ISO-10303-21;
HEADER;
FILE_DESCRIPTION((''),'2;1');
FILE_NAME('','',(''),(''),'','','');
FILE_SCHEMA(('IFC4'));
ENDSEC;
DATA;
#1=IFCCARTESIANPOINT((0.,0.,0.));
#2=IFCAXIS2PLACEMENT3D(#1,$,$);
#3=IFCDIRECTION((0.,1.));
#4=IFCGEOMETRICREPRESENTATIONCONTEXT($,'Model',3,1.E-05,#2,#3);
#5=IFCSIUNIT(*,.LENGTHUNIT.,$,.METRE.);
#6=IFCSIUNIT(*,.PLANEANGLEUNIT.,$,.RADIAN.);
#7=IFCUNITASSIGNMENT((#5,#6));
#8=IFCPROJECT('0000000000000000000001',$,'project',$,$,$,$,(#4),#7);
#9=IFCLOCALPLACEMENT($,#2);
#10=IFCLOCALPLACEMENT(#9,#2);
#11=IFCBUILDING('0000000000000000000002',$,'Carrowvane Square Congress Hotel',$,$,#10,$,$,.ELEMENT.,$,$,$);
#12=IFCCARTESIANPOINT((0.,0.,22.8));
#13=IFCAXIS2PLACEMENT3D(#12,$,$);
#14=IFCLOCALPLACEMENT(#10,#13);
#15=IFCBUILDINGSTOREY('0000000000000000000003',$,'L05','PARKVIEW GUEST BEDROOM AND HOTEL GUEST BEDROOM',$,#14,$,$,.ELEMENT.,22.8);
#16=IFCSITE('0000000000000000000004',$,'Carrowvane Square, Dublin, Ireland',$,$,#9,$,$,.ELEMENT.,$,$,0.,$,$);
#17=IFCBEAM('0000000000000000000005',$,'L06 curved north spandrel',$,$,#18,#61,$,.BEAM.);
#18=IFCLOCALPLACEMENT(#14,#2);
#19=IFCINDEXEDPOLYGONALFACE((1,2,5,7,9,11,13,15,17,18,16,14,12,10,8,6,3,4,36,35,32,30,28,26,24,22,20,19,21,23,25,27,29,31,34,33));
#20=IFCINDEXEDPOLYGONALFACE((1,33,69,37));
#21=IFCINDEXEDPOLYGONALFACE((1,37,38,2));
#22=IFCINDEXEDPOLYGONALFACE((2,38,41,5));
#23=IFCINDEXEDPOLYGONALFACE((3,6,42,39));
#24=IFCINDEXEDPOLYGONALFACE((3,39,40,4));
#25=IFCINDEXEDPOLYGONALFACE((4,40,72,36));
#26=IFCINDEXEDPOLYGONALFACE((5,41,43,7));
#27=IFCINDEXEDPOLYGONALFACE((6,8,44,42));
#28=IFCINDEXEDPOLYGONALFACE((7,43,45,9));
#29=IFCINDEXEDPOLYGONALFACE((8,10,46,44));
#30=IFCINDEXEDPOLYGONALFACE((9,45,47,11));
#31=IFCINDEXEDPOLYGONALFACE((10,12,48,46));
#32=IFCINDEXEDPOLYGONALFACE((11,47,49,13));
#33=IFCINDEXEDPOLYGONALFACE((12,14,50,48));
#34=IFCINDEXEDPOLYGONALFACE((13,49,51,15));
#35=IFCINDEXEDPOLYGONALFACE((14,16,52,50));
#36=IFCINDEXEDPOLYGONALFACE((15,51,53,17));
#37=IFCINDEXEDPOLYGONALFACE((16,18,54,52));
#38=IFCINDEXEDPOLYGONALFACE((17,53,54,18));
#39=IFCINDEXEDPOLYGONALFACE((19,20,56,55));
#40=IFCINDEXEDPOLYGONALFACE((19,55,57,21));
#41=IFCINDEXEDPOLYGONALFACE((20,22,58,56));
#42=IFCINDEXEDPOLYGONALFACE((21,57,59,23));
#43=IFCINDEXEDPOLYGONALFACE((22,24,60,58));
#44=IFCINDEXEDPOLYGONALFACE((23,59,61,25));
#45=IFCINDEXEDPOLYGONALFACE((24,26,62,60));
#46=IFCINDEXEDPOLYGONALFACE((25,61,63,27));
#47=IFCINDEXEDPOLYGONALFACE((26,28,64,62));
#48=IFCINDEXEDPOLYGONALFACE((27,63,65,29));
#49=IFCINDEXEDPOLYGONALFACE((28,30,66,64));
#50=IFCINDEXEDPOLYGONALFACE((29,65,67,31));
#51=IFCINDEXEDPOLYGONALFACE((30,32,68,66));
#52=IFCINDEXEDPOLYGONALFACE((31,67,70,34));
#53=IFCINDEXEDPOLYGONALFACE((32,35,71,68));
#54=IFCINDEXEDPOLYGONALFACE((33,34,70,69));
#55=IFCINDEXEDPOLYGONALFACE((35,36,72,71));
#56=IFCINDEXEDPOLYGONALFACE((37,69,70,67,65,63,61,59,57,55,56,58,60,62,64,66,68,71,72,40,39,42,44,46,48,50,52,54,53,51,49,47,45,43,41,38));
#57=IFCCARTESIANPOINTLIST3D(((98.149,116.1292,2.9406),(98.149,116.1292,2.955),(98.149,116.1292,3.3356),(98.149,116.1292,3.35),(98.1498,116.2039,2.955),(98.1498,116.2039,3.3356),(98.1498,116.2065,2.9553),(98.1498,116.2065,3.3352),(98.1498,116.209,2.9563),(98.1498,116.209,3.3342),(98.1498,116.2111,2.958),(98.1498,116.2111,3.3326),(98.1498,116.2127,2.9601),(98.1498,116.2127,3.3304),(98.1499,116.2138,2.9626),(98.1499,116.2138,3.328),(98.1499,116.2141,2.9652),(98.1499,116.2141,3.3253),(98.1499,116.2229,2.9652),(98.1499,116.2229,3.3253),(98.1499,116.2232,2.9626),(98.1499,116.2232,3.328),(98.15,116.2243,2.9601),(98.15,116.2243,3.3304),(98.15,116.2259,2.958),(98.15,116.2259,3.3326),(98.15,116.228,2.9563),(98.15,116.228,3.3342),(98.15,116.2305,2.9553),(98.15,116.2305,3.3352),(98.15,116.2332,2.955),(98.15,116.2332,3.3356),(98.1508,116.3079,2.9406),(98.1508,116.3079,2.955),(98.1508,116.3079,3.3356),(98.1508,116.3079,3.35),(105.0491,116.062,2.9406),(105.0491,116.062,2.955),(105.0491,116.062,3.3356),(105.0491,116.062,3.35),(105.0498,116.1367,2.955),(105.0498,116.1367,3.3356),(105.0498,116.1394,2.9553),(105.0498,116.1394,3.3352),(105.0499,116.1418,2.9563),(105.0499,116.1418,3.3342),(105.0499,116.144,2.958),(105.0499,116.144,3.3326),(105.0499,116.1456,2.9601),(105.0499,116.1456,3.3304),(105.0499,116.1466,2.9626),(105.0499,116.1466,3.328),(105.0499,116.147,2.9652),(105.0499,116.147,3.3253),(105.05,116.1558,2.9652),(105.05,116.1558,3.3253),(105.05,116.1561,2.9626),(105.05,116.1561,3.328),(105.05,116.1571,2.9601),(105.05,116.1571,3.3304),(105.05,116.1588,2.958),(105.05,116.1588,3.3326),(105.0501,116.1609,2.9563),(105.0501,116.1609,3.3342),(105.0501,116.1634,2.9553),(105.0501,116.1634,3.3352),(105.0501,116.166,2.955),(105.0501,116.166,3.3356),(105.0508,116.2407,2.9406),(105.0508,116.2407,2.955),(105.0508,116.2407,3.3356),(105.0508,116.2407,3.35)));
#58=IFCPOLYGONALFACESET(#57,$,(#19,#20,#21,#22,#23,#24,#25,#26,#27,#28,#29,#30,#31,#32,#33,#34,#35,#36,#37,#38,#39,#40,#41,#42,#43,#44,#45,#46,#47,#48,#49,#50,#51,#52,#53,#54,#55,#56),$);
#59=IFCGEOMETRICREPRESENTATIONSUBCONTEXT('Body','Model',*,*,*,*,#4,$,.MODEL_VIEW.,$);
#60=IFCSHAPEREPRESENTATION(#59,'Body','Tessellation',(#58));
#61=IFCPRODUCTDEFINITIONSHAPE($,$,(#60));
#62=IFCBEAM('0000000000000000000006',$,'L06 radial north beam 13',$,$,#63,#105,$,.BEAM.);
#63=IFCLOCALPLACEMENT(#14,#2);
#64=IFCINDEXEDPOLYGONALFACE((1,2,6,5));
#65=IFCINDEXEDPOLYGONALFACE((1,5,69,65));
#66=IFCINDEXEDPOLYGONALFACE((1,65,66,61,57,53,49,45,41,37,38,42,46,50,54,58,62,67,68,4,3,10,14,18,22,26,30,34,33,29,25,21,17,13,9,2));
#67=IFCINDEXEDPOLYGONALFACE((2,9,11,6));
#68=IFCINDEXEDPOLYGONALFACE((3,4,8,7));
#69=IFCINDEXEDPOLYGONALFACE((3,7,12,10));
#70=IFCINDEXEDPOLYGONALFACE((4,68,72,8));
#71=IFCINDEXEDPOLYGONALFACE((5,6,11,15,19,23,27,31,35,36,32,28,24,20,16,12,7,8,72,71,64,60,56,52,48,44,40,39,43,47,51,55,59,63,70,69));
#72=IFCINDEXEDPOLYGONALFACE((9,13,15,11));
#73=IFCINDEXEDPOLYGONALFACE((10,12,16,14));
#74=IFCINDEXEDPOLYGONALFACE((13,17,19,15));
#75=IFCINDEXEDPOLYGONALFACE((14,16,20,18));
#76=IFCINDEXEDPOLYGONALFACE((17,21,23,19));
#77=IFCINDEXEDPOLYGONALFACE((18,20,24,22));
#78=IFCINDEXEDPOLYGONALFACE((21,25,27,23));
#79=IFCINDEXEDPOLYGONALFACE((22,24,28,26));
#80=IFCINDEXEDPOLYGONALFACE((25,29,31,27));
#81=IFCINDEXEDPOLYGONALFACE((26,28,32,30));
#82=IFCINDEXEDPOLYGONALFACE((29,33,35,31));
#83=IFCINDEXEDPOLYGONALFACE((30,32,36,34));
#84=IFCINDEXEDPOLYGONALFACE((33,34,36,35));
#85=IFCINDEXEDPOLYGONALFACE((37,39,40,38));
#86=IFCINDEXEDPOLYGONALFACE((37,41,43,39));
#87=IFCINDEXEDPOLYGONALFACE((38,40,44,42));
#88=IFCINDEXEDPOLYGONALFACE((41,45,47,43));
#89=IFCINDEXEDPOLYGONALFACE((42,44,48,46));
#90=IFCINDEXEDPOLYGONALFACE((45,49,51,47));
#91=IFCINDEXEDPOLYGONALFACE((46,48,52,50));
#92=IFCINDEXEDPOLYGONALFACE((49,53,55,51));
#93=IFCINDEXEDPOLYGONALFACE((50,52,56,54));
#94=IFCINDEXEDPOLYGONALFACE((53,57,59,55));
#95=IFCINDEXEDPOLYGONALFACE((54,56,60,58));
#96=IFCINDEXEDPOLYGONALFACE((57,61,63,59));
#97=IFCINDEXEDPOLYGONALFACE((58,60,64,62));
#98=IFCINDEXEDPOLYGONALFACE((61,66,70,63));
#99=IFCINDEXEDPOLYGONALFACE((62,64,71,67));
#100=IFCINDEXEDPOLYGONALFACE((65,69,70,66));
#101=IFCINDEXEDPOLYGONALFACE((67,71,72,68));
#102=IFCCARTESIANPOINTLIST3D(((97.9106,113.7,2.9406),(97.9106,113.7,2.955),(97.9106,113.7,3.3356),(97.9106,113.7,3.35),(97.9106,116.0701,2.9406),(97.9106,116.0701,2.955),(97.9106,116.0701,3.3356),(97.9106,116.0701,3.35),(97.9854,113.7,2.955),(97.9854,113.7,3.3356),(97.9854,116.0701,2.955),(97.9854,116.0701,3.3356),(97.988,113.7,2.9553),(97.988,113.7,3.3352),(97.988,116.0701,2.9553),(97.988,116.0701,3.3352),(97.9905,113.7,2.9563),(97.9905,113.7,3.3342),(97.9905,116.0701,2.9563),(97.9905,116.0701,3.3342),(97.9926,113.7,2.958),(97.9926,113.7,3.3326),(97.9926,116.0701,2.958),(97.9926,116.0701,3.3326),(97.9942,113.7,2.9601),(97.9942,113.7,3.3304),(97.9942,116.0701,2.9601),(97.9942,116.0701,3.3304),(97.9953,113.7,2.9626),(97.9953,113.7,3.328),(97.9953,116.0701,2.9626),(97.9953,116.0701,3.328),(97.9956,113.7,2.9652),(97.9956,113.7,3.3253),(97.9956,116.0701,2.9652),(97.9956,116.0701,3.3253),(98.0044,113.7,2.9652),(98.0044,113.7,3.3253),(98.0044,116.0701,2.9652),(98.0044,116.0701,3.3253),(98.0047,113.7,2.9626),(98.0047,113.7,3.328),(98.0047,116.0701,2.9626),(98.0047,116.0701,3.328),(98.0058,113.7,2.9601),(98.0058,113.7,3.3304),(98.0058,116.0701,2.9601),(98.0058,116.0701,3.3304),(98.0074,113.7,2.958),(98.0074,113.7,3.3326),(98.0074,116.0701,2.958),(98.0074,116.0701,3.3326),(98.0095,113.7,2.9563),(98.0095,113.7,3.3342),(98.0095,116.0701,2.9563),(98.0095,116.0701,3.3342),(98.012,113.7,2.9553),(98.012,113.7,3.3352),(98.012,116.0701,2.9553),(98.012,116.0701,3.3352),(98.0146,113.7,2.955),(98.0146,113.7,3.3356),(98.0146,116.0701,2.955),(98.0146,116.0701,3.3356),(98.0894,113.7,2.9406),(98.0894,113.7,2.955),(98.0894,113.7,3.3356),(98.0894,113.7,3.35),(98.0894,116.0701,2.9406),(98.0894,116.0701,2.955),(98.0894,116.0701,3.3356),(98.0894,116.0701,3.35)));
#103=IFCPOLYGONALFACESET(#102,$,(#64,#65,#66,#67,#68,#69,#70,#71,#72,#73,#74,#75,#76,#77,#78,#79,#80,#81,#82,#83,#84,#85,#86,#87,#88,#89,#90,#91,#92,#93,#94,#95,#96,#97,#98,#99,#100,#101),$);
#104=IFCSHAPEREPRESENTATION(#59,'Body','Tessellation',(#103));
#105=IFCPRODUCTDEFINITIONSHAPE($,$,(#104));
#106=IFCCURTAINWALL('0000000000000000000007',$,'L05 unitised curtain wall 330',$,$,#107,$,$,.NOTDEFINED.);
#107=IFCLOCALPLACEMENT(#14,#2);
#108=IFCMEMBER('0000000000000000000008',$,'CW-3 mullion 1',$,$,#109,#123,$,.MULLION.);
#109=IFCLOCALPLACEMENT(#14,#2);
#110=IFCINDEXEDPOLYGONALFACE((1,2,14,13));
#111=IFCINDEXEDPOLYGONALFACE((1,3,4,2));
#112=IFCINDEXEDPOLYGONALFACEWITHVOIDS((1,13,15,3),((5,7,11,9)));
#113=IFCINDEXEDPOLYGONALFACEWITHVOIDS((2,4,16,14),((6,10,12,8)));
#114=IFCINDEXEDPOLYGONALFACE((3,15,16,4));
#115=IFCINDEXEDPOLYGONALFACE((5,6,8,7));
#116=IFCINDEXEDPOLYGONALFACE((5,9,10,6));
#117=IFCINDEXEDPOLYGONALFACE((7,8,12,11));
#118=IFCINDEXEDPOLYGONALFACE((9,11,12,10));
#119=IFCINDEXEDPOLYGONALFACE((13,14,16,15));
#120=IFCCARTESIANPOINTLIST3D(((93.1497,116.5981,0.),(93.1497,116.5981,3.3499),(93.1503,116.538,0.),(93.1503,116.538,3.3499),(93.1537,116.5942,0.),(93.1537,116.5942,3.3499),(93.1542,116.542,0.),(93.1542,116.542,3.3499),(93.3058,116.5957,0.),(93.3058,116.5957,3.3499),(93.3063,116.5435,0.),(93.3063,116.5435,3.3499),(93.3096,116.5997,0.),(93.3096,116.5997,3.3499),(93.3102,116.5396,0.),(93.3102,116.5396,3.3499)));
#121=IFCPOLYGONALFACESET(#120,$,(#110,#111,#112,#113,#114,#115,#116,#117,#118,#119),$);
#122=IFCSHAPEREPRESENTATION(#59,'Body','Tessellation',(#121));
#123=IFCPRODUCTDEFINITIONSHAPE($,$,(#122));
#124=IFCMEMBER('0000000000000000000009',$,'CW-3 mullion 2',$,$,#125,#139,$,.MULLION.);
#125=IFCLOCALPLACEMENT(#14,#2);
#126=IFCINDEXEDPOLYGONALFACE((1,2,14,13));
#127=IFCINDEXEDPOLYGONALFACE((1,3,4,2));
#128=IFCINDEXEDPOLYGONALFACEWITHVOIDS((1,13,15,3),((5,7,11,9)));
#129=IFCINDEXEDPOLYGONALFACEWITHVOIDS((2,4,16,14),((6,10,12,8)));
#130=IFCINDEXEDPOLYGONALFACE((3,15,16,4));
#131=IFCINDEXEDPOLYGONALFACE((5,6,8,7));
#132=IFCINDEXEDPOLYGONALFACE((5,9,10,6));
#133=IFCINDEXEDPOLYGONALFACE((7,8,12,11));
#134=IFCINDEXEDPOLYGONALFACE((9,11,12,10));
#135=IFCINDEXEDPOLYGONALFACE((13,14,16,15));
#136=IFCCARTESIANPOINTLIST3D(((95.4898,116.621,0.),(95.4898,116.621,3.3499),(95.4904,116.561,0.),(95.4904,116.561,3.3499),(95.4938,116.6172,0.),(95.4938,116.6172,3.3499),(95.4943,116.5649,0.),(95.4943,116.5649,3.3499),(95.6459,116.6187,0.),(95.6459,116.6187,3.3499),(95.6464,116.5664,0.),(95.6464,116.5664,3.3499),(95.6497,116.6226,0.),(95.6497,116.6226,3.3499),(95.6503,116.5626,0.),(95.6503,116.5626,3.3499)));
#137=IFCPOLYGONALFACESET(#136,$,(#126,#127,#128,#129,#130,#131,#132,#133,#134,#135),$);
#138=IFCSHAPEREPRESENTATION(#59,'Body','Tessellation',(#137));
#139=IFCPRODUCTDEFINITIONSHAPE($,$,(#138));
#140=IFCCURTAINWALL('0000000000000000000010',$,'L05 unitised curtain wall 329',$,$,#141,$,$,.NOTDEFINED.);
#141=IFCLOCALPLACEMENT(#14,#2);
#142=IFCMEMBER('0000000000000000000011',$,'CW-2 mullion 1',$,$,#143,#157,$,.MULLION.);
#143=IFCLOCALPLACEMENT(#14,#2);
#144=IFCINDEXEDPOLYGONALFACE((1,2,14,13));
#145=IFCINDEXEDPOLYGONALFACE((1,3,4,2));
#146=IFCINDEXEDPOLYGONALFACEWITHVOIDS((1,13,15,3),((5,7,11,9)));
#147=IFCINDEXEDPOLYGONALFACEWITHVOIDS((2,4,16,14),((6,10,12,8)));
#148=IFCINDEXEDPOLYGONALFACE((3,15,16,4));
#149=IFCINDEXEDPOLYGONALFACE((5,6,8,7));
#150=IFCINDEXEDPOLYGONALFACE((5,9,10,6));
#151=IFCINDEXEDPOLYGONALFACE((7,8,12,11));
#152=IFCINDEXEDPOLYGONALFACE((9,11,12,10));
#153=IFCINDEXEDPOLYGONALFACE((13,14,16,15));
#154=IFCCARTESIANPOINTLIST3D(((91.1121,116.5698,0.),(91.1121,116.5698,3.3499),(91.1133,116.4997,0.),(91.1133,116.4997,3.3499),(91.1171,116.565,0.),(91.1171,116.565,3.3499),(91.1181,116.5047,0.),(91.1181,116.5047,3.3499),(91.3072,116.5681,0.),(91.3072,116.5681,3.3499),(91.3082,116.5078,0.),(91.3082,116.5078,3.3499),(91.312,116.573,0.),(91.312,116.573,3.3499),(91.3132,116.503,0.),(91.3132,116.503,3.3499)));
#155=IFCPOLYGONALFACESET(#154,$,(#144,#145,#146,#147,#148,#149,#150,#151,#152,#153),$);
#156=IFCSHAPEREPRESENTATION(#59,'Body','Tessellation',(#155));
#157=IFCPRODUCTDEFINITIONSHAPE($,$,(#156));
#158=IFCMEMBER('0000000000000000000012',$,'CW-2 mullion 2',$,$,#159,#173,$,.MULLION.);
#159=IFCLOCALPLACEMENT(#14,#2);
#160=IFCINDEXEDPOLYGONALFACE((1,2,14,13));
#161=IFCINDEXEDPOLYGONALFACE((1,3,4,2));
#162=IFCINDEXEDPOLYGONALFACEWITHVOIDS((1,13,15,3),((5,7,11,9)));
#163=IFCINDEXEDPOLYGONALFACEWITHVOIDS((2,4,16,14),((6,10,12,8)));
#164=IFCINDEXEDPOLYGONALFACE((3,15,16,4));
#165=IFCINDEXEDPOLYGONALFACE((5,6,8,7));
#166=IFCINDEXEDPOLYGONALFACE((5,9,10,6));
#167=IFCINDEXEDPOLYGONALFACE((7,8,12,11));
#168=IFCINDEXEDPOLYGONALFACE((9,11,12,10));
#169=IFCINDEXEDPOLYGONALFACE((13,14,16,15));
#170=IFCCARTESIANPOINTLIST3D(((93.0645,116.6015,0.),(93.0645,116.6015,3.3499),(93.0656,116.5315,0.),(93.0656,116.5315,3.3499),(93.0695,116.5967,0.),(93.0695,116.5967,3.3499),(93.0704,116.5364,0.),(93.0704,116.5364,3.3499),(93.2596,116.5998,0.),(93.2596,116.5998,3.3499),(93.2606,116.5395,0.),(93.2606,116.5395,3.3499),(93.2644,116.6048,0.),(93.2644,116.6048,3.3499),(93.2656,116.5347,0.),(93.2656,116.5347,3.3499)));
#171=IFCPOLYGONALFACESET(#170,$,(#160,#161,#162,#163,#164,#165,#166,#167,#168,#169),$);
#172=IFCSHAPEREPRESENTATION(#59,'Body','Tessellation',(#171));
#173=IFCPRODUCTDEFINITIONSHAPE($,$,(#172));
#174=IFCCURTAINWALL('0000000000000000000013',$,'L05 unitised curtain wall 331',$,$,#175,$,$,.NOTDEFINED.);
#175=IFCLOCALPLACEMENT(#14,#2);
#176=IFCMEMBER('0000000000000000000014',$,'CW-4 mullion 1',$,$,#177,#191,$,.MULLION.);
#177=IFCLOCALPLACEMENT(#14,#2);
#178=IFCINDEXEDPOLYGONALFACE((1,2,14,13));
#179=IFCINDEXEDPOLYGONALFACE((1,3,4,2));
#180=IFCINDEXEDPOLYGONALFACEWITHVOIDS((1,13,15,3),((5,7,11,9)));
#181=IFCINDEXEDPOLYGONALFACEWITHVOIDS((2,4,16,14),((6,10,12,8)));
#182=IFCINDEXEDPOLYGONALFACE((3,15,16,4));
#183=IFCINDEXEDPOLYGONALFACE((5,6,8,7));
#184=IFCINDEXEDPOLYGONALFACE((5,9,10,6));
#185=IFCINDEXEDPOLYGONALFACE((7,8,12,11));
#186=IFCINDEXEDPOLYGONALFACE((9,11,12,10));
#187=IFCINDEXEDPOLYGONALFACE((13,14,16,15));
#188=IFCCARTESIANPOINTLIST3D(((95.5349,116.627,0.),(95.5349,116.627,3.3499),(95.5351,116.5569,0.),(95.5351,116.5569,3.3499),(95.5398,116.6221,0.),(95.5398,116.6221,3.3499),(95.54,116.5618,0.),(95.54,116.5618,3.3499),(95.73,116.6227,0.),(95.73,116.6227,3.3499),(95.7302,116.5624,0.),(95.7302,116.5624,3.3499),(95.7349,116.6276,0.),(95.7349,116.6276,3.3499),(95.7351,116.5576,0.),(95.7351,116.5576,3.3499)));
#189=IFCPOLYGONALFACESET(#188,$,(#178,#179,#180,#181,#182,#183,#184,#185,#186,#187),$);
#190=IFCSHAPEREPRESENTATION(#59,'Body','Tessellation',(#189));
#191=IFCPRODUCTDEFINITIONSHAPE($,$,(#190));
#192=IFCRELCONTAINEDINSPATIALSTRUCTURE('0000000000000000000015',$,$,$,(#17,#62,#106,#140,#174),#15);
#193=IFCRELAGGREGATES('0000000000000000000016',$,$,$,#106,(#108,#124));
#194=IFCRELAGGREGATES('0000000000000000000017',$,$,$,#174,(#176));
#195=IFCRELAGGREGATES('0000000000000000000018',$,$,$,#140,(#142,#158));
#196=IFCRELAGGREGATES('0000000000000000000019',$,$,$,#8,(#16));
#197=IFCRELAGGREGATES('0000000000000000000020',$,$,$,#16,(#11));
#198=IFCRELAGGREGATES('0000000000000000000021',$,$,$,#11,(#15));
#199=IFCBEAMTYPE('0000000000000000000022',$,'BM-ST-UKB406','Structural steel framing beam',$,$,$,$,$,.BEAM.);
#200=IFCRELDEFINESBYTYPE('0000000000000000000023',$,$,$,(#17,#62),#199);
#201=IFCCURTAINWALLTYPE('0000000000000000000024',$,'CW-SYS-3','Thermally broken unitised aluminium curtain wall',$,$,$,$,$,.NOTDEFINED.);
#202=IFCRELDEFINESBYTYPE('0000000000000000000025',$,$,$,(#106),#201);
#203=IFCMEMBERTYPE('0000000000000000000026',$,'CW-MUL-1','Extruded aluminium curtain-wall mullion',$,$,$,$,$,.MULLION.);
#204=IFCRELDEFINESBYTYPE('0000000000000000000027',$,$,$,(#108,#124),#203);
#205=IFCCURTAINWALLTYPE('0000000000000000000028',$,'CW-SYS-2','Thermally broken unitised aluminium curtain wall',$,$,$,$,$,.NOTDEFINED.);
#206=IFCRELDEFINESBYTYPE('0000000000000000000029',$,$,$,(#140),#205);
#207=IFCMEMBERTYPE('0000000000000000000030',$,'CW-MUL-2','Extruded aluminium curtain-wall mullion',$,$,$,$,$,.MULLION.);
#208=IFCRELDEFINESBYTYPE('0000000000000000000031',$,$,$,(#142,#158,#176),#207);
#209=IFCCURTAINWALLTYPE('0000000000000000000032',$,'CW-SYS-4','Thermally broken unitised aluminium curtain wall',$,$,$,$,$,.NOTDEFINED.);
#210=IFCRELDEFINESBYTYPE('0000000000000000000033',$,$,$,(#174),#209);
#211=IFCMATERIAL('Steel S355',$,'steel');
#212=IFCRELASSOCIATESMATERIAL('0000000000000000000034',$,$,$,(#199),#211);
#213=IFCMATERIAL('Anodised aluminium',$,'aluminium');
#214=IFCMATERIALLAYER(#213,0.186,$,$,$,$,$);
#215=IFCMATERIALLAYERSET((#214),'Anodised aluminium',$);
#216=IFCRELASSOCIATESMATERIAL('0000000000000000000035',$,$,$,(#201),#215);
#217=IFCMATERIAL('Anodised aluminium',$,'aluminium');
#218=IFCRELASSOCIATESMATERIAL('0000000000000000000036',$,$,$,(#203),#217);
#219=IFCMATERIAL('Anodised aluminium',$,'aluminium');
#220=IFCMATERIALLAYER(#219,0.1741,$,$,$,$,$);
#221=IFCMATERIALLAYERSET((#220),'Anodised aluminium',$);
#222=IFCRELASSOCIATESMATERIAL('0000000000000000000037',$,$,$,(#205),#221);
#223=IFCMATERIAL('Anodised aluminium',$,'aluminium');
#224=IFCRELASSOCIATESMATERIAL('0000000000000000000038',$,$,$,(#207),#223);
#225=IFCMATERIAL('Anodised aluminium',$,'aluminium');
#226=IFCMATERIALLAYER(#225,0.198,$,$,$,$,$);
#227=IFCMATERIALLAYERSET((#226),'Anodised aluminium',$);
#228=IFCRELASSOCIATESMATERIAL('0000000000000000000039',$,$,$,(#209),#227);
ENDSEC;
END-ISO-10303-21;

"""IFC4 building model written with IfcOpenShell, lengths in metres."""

from ifc_helpers import new_model, si_unit, direction, frame, origin, origin_2d, place, context, subcontext, project, spatial, hollow_rectangle, i_section, extrude, material, layer, layer_set, material_profile, profile_set, type_object, element, aggregate, save


model = new_model("IFC4")

# Units and contexts
model_context = context("Model", 3, precision=1e-05, world=origin(), true_north=direction((0.0, 1.0)))
body_context = subcontext(model_context, "Body", "Model", "MODEL_VIEW")
ifc_project = project(units=[si_unit("LENGTHUNIT", "METRE"), si_unit("PLANEANGLEUNIT", "RADIAN")], contexts=[model_context])

# Site, building, storey
site_placement = place(None, origin())
site = spatial("IfcSite", under=ifc_project, at=site_placement, Name="Carrowvane Square, Dublin, Ireland", CompositionType="ELEMENT", RefElevation=0.0)
building_placement = place(site_placement, origin())
building = spatial("IfcBuilding", under=site, at=building_placement, Name="Carrowvane Square Congress Hotel", CompositionType="ELEMENT")
storey_placement = place(building_placement, frame((0.0, 0.0, 22.8)))
storey = spatial("IfcBuildingStorey", under=building, at=storey_placement, Name="L05", Description="PARKVIEW GUEST BEDROOM AND HOTEL GUEST BEDROOM", CompositionType="ELEMENT", Elevation=22.8)

# Beams
ifc_material_1 = material(Name="Steel S355", Category="steel")
ifc_material_profile_1 = material_profile(ifc_material_1, i_section(OverallWidth=0.1787, OverallDepth=0.4094, WebThickness=0.0088, FlangeThickness=0.0144, FilletRadius=0.0103, at=origin_2d()), Name="UKB 406x178x67")
ifc_profile_set_1 = profile_set([ifc_material_profile_1], Name="Steel S355")
beam_type_1 = type_object("IfcBeamType", Name="BM-ST-UKB406", Description="Structural steel framing beam", PredefinedType="BEAM", material=ifc_profile_set_1)
for number, where, z_axis, x_axis, name in (
    (1, (98.1499, 116.2185, 3.1453), (0.999953, -0.00973, 0.0), (0.00973, 0.999953, 0.0), "L06 curved north spandrel"),
):
    element("IfcBeam", number, at=place(storey_placement, frame(where, z_axis=z_axis, x_axis=x_axis)), inside=storey, type_object=beam_type_1, Name=name, PredefinedType="BEAM", context=body_context, shape_type="SweptSolid", body=[
        extrude(i_section(OverallWidth=0.1787, OverallDepth=0.4094, WebThickness=0.0088, FlangeThickness=0.0144, FilletRadius=0.0103, at=origin_2d()), origin(), (0.0, 0.0, 1.0), 6.9004),
    ])
beam_placement = place(storey_placement, frame((98.0, 113.7, 3.1453), z_axis=(0.0, 1.0, 0.0), x_axis=(-1.0, 0.0, 0.0)))
element("IfcBeam", 2, at=beam_placement, inside=storey, type_object=beam_type_1, Name="L06 radial north beam 13", PredefinedType="BEAM", context=body_context, shape_type="SweptSolid", body=[
    extrude(i_section(OverallWidth=0.1787, OverallDepth=0.4094, WebThickness=0.0088, FlangeThickness=0.0144, FilletRadius=0.0103, at=origin_2d()), origin(), (0.0, 0.0, 1.0), 2.3701),
])

# Curtain walls, members
ifc_material_2 = material(Name="Anodised aluminium", Category="aluminium")
ifc_layer_1 = layer(ifc_material_2, 0.186)
ifc_layer_set_1 = layer_set([ifc_layer_1], Name="Anodised aluminium")
curtain_wall_type_1 = type_object("IfcCurtainWallType", Name="CW-SYS-3", Description="Thermally broken unitised aluminium curtain wall", PredefinedType="NOTDEFINED", material=ifc_layer_set_1)
curtain_wall_1_placement = place(storey_placement, origin())
curtain_wall_1 = element("IfcCurtainWall", 3, at=curtain_wall_1_placement, inside=storey, type_object=curtain_wall_type_1, Name="L05 unitised curtain wall 330", PredefinedType="NOTDEFINED")
ifc_material_3 = material(Name="Anodised aluminium", Category="aluminium")
ifc_material_profile_2 = material_profile(ifc_material_3, hollow_rectangle(XDim=0.0601, YDim=0.1599, WallThickness=0.0039, at=origin_2d()), Name="CW-ML 60x160x4")
ifc_profile_set_2 = profile_set([ifc_material_profile_2], Name="Anodised aluminium")
member_type_1 = type_object("IfcMemberType", Name="CW-MUL-1", Description="Extruded aluminium curtain-wall mullion", PredefinedType="MULLION", material=ifc_profile_set_2)
member_1_placement = place(storey_placement, frame((93.23, 116.5688, 0.0), z_axis=(0.0, 0.0, 1.0), x_axis=(-0.009783, 0.999952, 0.0)))
member_1 = element("IfcMember", 4, at=member_1_placement, type_object=member_type_1, Name="CW-3 mullion 1", PredefinedType="MULLION", context=body_context, shape_type="SweptSolid", body=[
    extrude(hollow_rectangle(XDim=0.0601, YDim=0.1599, WallThickness=0.0039, at=origin_2d()), origin(), (0.0, 0.0, 1.0), 3.3499),
])
member_2_placement = place(storey_placement, frame((95.5701, 116.5918, 0.0), z_axis=(0.0, 0.0, 1.0), x_axis=(-0.009783, 0.999952, 0.0)))
member_2 = element("IfcMember", 5, at=member_2_placement, type_object=member_type_1, Name="CW-3 mullion 2", PredefinedType="MULLION", context=body_context, shape_type="SweptSolid", body=[
    extrude(hollow_rectangle(XDim=0.0601, YDim=0.1599, WallThickness=0.0039, at=origin_2d()), origin(), (0.0, 0.0, 1.0), 3.3499),
])
ifc_material_4 = material(Name="Anodised aluminium", Category="aluminium")
ifc_layer_2 = layer(ifc_material_4, 0.1741)
ifc_layer_set_2 = layer_set([ifc_layer_2], Name="Anodised aluminium")
curtain_wall_type_2 = type_object("IfcCurtainWallType", Name="CW-SYS-2", Description="Thermally broken unitised aluminium curtain wall", PredefinedType="NOTDEFINED", material=ifc_layer_set_2)
curtain_wall_2_placement = place(storey_placement, origin())
curtain_wall_2 = element("IfcCurtainWall", 6, at=curtain_wall_2_placement, inside=storey, type_object=curtain_wall_type_2, Name="L05 unitised curtain wall 329", PredefinedType="NOTDEFINED")
ifc_material_5 = material(Name="Anodised aluminium", Category="aluminium")
ifc_material_profile_3 = material_profile(ifc_material_5, hollow_rectangle(XDim=0.0701, YDim=0.2, WallThickness=0.0049, at=origin_2d()), Name="CW-ML 70x200x5")
ifc_profile_set_3 = profile_set([ifc_material_profile_3], Name="Anodised aluminium")
member_type_2 = type_object("IfcMemberType", Name="CW-MUL-2", Description="Extruded aluminium curtain-wall mullion", PredefinedType="MULLION", material=ifc_profile_set_3)
member_3_placement = place(storey_placement, frame((91.2126, 116.5364, 0.0), z_axis=(0.0, 0.0, 1.0), x_axis=(-0.016216, 0.999869, 0.0)))
member_3 = element("IfcMember", 7, at=member_3_placement, type_object=member_type_2, Name="CW-2 mullion 1", PredefinedType="MULLION", context=body_context, shape_type="SweptSolid", body=[
    extrude(hollow_rectangle(XDim=0.0701, YDim=0.2, WallThickness=0.0049, at=origin_2d()), origin(), (0.0, 0.0, 1.0), 3.3499),
])
member_4_placement = place(storey_placement, frame((93.165, 116.5681, 0.0), z_axis=(0.0, 0.0, 1.0), x_axis=(-0.016216, 0.999869, 0.0)))
member_4 = element("IfcMember", 8, at=member_4_placement, type_object=member_type_2, Name="CW-2 mullion 2", PredefinedType="MULLION", context=body_context, shape_type="SweptSolid", body=[
    extrude(hollow_rectangle(XDim=0.0701, YDim=0.2, WallThickness=0.0049, at=origin_2d()), origin(), (0.0, 0.0, 1.0), 3.3499),
])
ifc_material_6 = material(Name="Anodised aluminium", Category="aluminium")
ifc_layer_3 = layer(ifc_material_6, 0.198)
ifc_layer_set_3 = layer_set([ifc_layer_3], Name="Anodised aluminium")
curtain_wall_type_3 = type_object("IfcCurtainWallType", Name="CW-SYS-4", Description="Thermally broken unitised aluminium curtain wall", PredefinedType="NOTDEFINED", material=ifc_layer_set_3)
curtain_wall_3_placement = place(storey_placement, origin())
curtain_wall_3 = element("IfcCurtainWall", 9, at=curtain_wall_3_placement, inside=storey, type_object=curtain_wall_type_3, Name="L05 unitised curtain wall 331", PredefinedType="NOTDEFINED")
member_5_placement = place(storey_placement, frame((95.635, 116.5923, 0.0), z_axis=(0.0, 0.0, 1.0), x_axis=(-0.00327, 0.999995, 0.0)))
member_5 = element("IfcMember", 10, at=member_5_placement, type_object=member_type_2, Name="CW-4 mullion 1", PredefinedType="MULLION", context=body_context, shape_type="SweptSolid", body=[
    extrude(hollow_rectangle(XDim=0.0701, YDim=0.2, WallThickness=0.0049, at=origin_2d()), origin(), (0.0, 0.0, 1.0), 3.3499),
])

aggregate(curtain_wall_1, [member_1, member_2])
aggregate(curtain_wall_3, [member_5])
aggregate(curtain_wall_2, [member_3, member_4])

save(model, "model.ifc")
